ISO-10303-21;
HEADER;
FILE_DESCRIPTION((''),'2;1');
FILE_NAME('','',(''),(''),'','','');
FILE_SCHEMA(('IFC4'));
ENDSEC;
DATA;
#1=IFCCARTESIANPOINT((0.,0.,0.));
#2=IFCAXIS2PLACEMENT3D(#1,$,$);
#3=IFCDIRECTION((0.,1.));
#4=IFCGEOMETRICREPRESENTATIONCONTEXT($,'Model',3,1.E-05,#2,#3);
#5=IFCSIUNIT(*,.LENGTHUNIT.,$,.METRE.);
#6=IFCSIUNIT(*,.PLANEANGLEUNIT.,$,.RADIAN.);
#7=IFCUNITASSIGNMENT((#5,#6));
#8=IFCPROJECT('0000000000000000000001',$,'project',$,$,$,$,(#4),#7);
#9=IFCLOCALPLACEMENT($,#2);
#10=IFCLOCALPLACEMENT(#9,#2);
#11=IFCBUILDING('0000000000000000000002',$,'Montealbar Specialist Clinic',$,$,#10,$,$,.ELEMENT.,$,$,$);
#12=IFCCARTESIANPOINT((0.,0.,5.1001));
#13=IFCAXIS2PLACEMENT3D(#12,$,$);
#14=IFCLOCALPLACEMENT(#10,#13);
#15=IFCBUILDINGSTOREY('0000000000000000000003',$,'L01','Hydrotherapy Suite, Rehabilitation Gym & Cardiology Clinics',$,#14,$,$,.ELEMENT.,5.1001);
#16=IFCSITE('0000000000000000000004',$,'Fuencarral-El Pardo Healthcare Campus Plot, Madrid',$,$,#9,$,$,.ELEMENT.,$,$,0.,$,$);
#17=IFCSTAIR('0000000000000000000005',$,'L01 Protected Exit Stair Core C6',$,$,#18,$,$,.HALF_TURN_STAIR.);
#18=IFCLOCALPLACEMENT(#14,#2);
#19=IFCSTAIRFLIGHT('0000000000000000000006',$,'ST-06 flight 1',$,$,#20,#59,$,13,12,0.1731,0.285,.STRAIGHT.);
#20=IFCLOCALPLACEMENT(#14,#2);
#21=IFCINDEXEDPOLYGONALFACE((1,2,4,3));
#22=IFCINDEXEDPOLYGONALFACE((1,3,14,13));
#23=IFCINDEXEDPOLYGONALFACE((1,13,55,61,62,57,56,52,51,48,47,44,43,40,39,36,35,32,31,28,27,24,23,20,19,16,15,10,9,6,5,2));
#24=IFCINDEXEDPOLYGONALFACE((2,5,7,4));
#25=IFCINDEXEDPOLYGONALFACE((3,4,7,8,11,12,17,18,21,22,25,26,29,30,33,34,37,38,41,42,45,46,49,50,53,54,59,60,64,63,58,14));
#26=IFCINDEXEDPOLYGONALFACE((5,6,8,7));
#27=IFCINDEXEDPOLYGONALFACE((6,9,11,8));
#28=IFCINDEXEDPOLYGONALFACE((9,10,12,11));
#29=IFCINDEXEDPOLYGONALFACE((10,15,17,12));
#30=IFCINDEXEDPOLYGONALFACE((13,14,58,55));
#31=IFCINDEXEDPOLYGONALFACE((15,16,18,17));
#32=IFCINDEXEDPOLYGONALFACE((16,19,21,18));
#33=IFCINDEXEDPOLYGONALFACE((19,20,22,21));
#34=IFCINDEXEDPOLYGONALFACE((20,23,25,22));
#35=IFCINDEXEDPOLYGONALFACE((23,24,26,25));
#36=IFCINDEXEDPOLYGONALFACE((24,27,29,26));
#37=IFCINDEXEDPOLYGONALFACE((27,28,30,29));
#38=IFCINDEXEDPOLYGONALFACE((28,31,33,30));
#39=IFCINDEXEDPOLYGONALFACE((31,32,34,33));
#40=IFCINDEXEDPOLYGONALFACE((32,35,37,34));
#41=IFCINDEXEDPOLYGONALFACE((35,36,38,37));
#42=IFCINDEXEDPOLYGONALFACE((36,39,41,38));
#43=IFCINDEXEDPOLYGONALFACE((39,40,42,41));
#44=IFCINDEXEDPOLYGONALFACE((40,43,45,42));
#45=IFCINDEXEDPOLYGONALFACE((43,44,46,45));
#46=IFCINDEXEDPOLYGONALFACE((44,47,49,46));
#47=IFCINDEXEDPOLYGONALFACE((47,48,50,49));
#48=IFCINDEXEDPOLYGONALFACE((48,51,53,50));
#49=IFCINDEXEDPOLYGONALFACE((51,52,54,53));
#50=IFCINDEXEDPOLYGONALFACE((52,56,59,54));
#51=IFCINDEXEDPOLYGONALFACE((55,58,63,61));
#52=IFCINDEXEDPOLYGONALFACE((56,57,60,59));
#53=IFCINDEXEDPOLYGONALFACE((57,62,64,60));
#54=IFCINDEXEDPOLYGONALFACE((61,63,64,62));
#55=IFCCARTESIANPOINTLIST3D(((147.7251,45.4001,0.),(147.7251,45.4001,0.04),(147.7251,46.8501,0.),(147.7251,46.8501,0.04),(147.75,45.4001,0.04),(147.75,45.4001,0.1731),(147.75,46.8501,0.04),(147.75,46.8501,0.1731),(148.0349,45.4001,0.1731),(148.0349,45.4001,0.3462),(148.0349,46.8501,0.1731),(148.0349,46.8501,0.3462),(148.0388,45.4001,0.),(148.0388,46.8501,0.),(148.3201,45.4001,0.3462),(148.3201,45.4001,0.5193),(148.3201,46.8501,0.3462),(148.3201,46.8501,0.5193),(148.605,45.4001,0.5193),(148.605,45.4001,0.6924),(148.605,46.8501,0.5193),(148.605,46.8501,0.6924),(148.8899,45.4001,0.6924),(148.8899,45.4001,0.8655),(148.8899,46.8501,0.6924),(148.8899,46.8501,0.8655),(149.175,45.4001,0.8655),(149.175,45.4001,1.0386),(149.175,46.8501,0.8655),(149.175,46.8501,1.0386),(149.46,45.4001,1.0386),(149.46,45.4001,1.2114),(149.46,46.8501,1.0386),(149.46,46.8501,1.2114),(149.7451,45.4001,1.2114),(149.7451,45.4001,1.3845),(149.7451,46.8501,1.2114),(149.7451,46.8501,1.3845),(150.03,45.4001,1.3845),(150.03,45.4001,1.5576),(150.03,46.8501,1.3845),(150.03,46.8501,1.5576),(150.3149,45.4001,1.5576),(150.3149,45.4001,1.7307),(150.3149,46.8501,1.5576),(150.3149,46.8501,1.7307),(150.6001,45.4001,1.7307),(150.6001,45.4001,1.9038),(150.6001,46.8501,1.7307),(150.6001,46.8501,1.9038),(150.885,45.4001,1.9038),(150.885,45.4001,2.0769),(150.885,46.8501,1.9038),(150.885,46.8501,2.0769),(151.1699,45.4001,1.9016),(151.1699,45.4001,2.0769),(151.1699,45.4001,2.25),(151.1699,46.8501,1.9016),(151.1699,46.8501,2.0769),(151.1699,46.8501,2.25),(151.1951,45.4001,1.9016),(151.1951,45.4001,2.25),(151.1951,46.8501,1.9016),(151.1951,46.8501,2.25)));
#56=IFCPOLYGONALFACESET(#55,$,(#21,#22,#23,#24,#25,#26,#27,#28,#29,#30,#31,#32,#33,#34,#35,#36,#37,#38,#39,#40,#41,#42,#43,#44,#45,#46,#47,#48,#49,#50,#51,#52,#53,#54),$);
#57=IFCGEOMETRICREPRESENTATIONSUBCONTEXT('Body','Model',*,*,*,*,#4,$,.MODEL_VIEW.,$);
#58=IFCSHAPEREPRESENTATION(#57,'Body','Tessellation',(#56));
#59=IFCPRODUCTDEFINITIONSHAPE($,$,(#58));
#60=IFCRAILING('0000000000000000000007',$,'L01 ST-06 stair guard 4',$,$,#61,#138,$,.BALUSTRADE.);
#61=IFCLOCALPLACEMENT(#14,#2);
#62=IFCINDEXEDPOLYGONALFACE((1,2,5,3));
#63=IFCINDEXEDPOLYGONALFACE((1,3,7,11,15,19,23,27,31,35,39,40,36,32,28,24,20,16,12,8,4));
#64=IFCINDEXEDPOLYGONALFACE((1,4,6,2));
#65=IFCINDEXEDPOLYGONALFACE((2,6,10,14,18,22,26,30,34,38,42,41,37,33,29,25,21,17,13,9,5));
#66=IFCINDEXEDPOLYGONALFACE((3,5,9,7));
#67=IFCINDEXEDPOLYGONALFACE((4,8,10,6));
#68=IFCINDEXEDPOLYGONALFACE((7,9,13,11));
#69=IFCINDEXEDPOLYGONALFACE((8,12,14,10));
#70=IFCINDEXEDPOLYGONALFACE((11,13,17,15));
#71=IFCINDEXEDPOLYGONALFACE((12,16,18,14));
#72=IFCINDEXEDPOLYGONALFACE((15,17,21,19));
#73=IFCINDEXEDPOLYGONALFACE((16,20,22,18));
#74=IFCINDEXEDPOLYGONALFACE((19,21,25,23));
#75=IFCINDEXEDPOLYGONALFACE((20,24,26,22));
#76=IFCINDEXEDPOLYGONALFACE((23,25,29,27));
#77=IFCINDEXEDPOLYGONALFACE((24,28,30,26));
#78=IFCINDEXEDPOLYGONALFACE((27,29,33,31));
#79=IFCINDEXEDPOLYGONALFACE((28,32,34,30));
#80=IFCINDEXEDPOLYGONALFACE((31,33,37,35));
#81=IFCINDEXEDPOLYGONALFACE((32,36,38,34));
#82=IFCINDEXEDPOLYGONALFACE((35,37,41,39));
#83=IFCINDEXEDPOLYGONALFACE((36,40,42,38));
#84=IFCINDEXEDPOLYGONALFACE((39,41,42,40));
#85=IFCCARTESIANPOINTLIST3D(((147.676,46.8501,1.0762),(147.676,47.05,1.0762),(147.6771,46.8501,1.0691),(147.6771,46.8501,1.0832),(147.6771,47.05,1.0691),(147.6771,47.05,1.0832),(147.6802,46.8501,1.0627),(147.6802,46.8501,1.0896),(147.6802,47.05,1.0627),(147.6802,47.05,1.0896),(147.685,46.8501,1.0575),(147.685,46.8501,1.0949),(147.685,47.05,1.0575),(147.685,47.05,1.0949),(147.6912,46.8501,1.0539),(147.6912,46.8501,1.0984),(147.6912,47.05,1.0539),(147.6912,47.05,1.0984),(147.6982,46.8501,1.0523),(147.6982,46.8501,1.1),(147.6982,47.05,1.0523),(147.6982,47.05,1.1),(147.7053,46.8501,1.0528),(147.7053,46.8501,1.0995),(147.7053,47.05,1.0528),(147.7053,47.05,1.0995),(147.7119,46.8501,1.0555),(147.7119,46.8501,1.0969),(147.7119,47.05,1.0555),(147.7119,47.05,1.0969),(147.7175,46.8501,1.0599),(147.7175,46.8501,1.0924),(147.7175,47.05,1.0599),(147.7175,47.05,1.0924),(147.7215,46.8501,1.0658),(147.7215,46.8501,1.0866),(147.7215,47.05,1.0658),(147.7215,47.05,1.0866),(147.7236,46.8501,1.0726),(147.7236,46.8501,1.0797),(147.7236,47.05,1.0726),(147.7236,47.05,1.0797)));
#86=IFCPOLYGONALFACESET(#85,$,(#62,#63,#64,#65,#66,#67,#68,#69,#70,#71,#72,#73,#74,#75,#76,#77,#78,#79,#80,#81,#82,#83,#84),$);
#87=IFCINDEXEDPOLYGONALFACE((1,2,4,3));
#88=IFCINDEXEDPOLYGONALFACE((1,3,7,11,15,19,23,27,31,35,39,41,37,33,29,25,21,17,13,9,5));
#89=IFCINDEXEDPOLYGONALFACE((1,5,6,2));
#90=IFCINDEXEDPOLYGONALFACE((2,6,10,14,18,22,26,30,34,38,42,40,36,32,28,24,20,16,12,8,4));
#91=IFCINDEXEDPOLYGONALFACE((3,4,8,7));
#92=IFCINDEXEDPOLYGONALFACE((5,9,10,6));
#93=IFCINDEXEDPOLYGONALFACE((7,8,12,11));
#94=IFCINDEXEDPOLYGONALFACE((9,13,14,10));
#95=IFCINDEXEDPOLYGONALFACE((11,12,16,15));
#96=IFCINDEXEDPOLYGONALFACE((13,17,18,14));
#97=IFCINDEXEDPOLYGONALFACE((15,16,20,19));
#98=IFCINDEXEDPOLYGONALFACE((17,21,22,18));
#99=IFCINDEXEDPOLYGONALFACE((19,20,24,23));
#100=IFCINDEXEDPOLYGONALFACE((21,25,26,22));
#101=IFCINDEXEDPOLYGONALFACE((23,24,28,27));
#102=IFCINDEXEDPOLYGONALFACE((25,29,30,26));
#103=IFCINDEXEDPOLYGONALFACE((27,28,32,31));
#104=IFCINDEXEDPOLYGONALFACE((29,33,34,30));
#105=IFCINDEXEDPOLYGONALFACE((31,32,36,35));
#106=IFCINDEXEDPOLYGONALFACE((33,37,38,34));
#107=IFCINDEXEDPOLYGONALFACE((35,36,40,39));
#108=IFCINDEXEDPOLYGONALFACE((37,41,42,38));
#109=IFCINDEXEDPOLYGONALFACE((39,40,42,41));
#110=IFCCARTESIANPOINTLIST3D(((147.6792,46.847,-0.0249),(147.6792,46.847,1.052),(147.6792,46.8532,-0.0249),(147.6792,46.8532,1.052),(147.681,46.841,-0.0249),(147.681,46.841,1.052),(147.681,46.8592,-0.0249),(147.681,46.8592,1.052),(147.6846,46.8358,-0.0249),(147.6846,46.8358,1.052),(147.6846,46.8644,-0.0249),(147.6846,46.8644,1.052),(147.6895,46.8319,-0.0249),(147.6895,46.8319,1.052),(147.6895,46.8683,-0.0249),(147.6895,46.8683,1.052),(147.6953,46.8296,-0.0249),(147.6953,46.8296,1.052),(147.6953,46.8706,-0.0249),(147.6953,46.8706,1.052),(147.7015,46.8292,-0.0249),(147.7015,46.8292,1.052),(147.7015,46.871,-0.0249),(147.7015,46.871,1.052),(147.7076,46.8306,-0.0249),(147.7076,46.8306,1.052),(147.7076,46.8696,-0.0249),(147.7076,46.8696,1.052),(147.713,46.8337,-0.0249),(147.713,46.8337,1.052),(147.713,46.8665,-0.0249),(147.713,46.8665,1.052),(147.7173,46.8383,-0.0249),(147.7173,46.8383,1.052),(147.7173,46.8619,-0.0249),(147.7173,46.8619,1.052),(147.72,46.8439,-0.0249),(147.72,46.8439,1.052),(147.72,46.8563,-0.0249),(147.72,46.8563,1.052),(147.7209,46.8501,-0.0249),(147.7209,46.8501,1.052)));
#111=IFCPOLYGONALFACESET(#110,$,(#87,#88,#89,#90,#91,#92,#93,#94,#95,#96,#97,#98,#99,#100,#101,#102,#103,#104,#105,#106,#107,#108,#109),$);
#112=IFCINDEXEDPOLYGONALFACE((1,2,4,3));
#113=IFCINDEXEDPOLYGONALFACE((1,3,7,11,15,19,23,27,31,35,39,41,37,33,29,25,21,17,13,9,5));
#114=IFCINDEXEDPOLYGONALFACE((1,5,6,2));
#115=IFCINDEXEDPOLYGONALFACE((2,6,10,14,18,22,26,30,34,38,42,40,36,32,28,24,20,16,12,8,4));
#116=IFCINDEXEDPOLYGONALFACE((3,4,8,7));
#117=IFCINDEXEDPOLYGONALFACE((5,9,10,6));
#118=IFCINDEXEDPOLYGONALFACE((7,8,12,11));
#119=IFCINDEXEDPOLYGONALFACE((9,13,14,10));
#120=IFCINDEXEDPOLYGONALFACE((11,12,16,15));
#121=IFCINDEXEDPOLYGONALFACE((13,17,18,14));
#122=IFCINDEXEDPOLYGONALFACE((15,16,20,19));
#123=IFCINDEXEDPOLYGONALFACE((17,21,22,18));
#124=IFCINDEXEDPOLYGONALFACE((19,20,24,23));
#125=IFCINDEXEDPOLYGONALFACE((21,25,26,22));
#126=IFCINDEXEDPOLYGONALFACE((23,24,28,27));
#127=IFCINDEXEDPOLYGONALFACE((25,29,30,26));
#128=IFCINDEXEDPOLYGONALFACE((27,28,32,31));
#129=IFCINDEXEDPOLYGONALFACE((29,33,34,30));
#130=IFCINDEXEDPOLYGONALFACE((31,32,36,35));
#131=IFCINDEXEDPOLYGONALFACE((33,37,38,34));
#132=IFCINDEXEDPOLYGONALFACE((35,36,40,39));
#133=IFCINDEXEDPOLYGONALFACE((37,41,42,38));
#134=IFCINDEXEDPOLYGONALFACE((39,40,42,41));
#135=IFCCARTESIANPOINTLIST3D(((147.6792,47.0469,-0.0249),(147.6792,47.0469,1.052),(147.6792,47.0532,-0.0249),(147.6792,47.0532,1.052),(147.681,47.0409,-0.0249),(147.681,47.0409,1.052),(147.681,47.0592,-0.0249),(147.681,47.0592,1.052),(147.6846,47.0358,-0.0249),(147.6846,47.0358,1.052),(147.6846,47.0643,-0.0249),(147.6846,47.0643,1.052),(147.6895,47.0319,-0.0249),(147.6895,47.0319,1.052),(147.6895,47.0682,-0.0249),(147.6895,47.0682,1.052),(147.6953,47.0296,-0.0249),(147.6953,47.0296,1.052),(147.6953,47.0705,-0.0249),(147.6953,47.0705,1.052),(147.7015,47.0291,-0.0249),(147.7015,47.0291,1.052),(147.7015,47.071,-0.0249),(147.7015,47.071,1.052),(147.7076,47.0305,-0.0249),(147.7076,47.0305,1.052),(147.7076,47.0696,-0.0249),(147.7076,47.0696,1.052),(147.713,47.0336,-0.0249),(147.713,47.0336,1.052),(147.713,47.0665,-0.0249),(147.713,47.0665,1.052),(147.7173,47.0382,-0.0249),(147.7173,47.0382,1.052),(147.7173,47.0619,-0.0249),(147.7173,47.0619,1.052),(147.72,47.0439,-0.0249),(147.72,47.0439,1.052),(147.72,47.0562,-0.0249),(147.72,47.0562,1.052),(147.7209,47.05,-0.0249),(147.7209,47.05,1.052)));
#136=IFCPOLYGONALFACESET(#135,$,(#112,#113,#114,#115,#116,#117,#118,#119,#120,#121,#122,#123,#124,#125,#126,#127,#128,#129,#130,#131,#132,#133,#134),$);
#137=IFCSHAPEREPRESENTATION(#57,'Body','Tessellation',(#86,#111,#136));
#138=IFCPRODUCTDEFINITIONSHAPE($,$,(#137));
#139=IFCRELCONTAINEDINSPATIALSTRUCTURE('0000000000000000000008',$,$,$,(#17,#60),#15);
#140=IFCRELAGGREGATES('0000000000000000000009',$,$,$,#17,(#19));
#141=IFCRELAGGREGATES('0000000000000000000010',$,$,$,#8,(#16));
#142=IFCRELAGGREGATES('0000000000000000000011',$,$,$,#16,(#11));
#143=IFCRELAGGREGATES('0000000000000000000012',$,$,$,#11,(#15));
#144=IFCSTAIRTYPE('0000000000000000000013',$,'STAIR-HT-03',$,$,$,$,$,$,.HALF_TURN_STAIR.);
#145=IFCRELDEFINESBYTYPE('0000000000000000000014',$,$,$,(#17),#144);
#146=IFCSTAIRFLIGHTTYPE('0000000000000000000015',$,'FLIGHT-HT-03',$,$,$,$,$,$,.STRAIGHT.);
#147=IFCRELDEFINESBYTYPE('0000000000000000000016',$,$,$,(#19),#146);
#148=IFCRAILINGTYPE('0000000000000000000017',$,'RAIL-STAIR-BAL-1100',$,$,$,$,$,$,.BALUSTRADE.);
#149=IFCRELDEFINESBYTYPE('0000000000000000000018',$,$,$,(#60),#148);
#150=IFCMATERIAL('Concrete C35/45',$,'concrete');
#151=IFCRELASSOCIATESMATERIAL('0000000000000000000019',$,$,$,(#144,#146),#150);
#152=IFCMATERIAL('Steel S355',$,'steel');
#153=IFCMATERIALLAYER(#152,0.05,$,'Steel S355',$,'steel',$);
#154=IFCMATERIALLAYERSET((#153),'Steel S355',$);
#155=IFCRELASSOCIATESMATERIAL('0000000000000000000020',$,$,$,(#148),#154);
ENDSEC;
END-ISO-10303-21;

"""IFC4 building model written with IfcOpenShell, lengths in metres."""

from ifc_helpers import new_model, si_unit, direction, frame, origin, origin_2d, place, context, subcontext, project, spatial, polyline, circle, outline, extrude, material, layer, layer_set, type_object, element, aggregate, save


model = new_model("IFC4")

# Units and contexts
model_context = context("Model", 3, precision=1e-05, world=origin(), true_north=direction((0.0, 1.0)))
body_context = subcontext(model_context, "Body", "Model", "MODEL_VIEW")
ifc_project = project(units=[si_unit("LENGTHUNIT", "METRE"), si_unit("PLANEANGLEUNIT", "RADIAN")], contexts=[model_context])

# Site, building, storey
site_placement = place(None, origin())
site = spatial("IfcSite", under=ifc_project, at=site_placement, Name="Fuencarral-El Pardo Healthcare Campus Plot, Madrid", CompositionType="ELEMENT", RefElevation=0.0)
building_placement = place(site_placement, origin())
building = spatial("IfcBuilding", under=site, at=building_placement, Name="Montealbar Specialist Clinic", CompositionType="ELEMENT")
storey_placement = place(building_placement, frame((0.0, 0.0, 5.1001)))
storey = spatial("IfcBuildingStorey", under=building, at=storey_placement, Name="L01", Description="Hydrotherapy Suite, Rehabilitation Gym & Cardiology Clinics", CompositionType="ELEMENT", Elevation=5.1001)

# Shared definitions
ifc_material_1 = material(Name="Steel S355", Category="steel")

# Shared definitions
ifc_material_2 = material(Name="Concrete C35/45", Category="concrete")

# Stair, stair flight
stair_type = type_object("IfcStairType", Name="STAIR-HT-03", PredefinedType="HALF_TURN_STAIR", material=ifc_material_2)
stair_placement = place(storey_placement, origin())
stair = element("IfcStair", 1, at=stair_placement, inside=storey, type_object=stair_type, Name="L01 Protected Exit Stair Core C6", PredefinedType="HALF_TURN_STAIR")
stair_flight_type = type_object("IfcStairFlightType", Name="FLIGHT-HT-03", PredefinedType="STRAIGHT", material=ifc_material_2)
stair_flight_placement = place(storey_placement, frame((147.75, 46.125, 0.0), z_axis=(0.0, 0.0, 1.0), x_axis=(1.0, 0.0, 0.0)))
stair_flight = element("IfcStairFlight", 2, at=stair_flight_placement, type_object=stair_flight_type, Name="ST-06 flight 1", NumberOfRisers=13, NumberOfTreads=12, PredefinedType="STRAIGHT", RiserHeight=0.1731, TreadLength=0.285, context=body_context, shape_type="SweptSolid", body=[
    extrude(outline(polyline([(-0.0249, 0.0), (-0.0249, 0.04), (0.0, 0.04), (0.0, 0.1731), (0.2849, 0.1731), (0.2849, 0.3462), (0.5701, 0.3462), (0.5701, 0.5193), (0.855, 0.5193), (0.855, 0.6924), (1.1399, 0.6924), (1.1399, 0.8655), (1.425, 0.8655), (1.425, 1.0386), (1.71, 1.0386), (1.71, 1.2114), (1.9951, 1.2114), (1.9951, 1.3845), (2.28, 1.3845), (2.28, 1.5576), (2.5649, 1.5576), (2.5649, 1.7307), (2.8501, 1.7307), (2.8501, 1.9038), (3.135, 1.9038), (3.135, 2.0769), (3.4199, 2.0769), (3.4199, 2.25), (3.4451, 2.25), (3.4451, 1.9016), (3.4199, 1.9016), (0.2888, 0.0), (-0.0249, 0.0)])), frame((0.0, 0.7251, 0.0), z_axis=(0.0, -1.0, 0.0), x_axis=(1.0, 0.0, 0.0)), (0.0, 0.0, 1.0), 1.45),
])
aggregate(stair, [stair_flight])

# Railing
ifc_layer_1 = layer(ifc_material_1, 0.05, Name="Steel S355", Category="steel")
ifc_layer_set_1 = layer_set([ifc_layer_1], Name="Steel S355")
railing_type_1 = type_object("IfcRailingType", Name="RAIL-STAIR-BAL-1100", PredefinedType="BALUSTRADE", material=ifc_layer_set_1)
railing_1_placement = place(storey_placement, frame((147.7, 46.8501, 0.0)))
element("IfcRailing", 3, at=railing_1_placement, inside=storey, type_object=railing_type_1, Name="L01 ST-06 stair guard 4", PredefinedType="BALUSTRADE", context=body_context, shape_type="SweptSolid", body=[
    extrude(circle(Radius=0.0239, at=origin_2d()), frame((0.0, 0.0, 1.0762), z_axis=(0.0, 1.0, 0.0), x_axis=(-1.0, 0.0, 0.0)), (0.0, 0.0, 1.0), 0.2),
    extrude(circle(Radius=0.021, at=origin_2d()), frame((0.0, 0.0, -0.0249)), (0.0, 0.0, 1.0), 1.0769),
    extrude(circle(Radius=0.021, at=origin_2d()), frame((0.0, 0.2, -0.0249)), (0.0, 0.0, 1.0), 1.0769),
])

save(model, "model.ifc")
